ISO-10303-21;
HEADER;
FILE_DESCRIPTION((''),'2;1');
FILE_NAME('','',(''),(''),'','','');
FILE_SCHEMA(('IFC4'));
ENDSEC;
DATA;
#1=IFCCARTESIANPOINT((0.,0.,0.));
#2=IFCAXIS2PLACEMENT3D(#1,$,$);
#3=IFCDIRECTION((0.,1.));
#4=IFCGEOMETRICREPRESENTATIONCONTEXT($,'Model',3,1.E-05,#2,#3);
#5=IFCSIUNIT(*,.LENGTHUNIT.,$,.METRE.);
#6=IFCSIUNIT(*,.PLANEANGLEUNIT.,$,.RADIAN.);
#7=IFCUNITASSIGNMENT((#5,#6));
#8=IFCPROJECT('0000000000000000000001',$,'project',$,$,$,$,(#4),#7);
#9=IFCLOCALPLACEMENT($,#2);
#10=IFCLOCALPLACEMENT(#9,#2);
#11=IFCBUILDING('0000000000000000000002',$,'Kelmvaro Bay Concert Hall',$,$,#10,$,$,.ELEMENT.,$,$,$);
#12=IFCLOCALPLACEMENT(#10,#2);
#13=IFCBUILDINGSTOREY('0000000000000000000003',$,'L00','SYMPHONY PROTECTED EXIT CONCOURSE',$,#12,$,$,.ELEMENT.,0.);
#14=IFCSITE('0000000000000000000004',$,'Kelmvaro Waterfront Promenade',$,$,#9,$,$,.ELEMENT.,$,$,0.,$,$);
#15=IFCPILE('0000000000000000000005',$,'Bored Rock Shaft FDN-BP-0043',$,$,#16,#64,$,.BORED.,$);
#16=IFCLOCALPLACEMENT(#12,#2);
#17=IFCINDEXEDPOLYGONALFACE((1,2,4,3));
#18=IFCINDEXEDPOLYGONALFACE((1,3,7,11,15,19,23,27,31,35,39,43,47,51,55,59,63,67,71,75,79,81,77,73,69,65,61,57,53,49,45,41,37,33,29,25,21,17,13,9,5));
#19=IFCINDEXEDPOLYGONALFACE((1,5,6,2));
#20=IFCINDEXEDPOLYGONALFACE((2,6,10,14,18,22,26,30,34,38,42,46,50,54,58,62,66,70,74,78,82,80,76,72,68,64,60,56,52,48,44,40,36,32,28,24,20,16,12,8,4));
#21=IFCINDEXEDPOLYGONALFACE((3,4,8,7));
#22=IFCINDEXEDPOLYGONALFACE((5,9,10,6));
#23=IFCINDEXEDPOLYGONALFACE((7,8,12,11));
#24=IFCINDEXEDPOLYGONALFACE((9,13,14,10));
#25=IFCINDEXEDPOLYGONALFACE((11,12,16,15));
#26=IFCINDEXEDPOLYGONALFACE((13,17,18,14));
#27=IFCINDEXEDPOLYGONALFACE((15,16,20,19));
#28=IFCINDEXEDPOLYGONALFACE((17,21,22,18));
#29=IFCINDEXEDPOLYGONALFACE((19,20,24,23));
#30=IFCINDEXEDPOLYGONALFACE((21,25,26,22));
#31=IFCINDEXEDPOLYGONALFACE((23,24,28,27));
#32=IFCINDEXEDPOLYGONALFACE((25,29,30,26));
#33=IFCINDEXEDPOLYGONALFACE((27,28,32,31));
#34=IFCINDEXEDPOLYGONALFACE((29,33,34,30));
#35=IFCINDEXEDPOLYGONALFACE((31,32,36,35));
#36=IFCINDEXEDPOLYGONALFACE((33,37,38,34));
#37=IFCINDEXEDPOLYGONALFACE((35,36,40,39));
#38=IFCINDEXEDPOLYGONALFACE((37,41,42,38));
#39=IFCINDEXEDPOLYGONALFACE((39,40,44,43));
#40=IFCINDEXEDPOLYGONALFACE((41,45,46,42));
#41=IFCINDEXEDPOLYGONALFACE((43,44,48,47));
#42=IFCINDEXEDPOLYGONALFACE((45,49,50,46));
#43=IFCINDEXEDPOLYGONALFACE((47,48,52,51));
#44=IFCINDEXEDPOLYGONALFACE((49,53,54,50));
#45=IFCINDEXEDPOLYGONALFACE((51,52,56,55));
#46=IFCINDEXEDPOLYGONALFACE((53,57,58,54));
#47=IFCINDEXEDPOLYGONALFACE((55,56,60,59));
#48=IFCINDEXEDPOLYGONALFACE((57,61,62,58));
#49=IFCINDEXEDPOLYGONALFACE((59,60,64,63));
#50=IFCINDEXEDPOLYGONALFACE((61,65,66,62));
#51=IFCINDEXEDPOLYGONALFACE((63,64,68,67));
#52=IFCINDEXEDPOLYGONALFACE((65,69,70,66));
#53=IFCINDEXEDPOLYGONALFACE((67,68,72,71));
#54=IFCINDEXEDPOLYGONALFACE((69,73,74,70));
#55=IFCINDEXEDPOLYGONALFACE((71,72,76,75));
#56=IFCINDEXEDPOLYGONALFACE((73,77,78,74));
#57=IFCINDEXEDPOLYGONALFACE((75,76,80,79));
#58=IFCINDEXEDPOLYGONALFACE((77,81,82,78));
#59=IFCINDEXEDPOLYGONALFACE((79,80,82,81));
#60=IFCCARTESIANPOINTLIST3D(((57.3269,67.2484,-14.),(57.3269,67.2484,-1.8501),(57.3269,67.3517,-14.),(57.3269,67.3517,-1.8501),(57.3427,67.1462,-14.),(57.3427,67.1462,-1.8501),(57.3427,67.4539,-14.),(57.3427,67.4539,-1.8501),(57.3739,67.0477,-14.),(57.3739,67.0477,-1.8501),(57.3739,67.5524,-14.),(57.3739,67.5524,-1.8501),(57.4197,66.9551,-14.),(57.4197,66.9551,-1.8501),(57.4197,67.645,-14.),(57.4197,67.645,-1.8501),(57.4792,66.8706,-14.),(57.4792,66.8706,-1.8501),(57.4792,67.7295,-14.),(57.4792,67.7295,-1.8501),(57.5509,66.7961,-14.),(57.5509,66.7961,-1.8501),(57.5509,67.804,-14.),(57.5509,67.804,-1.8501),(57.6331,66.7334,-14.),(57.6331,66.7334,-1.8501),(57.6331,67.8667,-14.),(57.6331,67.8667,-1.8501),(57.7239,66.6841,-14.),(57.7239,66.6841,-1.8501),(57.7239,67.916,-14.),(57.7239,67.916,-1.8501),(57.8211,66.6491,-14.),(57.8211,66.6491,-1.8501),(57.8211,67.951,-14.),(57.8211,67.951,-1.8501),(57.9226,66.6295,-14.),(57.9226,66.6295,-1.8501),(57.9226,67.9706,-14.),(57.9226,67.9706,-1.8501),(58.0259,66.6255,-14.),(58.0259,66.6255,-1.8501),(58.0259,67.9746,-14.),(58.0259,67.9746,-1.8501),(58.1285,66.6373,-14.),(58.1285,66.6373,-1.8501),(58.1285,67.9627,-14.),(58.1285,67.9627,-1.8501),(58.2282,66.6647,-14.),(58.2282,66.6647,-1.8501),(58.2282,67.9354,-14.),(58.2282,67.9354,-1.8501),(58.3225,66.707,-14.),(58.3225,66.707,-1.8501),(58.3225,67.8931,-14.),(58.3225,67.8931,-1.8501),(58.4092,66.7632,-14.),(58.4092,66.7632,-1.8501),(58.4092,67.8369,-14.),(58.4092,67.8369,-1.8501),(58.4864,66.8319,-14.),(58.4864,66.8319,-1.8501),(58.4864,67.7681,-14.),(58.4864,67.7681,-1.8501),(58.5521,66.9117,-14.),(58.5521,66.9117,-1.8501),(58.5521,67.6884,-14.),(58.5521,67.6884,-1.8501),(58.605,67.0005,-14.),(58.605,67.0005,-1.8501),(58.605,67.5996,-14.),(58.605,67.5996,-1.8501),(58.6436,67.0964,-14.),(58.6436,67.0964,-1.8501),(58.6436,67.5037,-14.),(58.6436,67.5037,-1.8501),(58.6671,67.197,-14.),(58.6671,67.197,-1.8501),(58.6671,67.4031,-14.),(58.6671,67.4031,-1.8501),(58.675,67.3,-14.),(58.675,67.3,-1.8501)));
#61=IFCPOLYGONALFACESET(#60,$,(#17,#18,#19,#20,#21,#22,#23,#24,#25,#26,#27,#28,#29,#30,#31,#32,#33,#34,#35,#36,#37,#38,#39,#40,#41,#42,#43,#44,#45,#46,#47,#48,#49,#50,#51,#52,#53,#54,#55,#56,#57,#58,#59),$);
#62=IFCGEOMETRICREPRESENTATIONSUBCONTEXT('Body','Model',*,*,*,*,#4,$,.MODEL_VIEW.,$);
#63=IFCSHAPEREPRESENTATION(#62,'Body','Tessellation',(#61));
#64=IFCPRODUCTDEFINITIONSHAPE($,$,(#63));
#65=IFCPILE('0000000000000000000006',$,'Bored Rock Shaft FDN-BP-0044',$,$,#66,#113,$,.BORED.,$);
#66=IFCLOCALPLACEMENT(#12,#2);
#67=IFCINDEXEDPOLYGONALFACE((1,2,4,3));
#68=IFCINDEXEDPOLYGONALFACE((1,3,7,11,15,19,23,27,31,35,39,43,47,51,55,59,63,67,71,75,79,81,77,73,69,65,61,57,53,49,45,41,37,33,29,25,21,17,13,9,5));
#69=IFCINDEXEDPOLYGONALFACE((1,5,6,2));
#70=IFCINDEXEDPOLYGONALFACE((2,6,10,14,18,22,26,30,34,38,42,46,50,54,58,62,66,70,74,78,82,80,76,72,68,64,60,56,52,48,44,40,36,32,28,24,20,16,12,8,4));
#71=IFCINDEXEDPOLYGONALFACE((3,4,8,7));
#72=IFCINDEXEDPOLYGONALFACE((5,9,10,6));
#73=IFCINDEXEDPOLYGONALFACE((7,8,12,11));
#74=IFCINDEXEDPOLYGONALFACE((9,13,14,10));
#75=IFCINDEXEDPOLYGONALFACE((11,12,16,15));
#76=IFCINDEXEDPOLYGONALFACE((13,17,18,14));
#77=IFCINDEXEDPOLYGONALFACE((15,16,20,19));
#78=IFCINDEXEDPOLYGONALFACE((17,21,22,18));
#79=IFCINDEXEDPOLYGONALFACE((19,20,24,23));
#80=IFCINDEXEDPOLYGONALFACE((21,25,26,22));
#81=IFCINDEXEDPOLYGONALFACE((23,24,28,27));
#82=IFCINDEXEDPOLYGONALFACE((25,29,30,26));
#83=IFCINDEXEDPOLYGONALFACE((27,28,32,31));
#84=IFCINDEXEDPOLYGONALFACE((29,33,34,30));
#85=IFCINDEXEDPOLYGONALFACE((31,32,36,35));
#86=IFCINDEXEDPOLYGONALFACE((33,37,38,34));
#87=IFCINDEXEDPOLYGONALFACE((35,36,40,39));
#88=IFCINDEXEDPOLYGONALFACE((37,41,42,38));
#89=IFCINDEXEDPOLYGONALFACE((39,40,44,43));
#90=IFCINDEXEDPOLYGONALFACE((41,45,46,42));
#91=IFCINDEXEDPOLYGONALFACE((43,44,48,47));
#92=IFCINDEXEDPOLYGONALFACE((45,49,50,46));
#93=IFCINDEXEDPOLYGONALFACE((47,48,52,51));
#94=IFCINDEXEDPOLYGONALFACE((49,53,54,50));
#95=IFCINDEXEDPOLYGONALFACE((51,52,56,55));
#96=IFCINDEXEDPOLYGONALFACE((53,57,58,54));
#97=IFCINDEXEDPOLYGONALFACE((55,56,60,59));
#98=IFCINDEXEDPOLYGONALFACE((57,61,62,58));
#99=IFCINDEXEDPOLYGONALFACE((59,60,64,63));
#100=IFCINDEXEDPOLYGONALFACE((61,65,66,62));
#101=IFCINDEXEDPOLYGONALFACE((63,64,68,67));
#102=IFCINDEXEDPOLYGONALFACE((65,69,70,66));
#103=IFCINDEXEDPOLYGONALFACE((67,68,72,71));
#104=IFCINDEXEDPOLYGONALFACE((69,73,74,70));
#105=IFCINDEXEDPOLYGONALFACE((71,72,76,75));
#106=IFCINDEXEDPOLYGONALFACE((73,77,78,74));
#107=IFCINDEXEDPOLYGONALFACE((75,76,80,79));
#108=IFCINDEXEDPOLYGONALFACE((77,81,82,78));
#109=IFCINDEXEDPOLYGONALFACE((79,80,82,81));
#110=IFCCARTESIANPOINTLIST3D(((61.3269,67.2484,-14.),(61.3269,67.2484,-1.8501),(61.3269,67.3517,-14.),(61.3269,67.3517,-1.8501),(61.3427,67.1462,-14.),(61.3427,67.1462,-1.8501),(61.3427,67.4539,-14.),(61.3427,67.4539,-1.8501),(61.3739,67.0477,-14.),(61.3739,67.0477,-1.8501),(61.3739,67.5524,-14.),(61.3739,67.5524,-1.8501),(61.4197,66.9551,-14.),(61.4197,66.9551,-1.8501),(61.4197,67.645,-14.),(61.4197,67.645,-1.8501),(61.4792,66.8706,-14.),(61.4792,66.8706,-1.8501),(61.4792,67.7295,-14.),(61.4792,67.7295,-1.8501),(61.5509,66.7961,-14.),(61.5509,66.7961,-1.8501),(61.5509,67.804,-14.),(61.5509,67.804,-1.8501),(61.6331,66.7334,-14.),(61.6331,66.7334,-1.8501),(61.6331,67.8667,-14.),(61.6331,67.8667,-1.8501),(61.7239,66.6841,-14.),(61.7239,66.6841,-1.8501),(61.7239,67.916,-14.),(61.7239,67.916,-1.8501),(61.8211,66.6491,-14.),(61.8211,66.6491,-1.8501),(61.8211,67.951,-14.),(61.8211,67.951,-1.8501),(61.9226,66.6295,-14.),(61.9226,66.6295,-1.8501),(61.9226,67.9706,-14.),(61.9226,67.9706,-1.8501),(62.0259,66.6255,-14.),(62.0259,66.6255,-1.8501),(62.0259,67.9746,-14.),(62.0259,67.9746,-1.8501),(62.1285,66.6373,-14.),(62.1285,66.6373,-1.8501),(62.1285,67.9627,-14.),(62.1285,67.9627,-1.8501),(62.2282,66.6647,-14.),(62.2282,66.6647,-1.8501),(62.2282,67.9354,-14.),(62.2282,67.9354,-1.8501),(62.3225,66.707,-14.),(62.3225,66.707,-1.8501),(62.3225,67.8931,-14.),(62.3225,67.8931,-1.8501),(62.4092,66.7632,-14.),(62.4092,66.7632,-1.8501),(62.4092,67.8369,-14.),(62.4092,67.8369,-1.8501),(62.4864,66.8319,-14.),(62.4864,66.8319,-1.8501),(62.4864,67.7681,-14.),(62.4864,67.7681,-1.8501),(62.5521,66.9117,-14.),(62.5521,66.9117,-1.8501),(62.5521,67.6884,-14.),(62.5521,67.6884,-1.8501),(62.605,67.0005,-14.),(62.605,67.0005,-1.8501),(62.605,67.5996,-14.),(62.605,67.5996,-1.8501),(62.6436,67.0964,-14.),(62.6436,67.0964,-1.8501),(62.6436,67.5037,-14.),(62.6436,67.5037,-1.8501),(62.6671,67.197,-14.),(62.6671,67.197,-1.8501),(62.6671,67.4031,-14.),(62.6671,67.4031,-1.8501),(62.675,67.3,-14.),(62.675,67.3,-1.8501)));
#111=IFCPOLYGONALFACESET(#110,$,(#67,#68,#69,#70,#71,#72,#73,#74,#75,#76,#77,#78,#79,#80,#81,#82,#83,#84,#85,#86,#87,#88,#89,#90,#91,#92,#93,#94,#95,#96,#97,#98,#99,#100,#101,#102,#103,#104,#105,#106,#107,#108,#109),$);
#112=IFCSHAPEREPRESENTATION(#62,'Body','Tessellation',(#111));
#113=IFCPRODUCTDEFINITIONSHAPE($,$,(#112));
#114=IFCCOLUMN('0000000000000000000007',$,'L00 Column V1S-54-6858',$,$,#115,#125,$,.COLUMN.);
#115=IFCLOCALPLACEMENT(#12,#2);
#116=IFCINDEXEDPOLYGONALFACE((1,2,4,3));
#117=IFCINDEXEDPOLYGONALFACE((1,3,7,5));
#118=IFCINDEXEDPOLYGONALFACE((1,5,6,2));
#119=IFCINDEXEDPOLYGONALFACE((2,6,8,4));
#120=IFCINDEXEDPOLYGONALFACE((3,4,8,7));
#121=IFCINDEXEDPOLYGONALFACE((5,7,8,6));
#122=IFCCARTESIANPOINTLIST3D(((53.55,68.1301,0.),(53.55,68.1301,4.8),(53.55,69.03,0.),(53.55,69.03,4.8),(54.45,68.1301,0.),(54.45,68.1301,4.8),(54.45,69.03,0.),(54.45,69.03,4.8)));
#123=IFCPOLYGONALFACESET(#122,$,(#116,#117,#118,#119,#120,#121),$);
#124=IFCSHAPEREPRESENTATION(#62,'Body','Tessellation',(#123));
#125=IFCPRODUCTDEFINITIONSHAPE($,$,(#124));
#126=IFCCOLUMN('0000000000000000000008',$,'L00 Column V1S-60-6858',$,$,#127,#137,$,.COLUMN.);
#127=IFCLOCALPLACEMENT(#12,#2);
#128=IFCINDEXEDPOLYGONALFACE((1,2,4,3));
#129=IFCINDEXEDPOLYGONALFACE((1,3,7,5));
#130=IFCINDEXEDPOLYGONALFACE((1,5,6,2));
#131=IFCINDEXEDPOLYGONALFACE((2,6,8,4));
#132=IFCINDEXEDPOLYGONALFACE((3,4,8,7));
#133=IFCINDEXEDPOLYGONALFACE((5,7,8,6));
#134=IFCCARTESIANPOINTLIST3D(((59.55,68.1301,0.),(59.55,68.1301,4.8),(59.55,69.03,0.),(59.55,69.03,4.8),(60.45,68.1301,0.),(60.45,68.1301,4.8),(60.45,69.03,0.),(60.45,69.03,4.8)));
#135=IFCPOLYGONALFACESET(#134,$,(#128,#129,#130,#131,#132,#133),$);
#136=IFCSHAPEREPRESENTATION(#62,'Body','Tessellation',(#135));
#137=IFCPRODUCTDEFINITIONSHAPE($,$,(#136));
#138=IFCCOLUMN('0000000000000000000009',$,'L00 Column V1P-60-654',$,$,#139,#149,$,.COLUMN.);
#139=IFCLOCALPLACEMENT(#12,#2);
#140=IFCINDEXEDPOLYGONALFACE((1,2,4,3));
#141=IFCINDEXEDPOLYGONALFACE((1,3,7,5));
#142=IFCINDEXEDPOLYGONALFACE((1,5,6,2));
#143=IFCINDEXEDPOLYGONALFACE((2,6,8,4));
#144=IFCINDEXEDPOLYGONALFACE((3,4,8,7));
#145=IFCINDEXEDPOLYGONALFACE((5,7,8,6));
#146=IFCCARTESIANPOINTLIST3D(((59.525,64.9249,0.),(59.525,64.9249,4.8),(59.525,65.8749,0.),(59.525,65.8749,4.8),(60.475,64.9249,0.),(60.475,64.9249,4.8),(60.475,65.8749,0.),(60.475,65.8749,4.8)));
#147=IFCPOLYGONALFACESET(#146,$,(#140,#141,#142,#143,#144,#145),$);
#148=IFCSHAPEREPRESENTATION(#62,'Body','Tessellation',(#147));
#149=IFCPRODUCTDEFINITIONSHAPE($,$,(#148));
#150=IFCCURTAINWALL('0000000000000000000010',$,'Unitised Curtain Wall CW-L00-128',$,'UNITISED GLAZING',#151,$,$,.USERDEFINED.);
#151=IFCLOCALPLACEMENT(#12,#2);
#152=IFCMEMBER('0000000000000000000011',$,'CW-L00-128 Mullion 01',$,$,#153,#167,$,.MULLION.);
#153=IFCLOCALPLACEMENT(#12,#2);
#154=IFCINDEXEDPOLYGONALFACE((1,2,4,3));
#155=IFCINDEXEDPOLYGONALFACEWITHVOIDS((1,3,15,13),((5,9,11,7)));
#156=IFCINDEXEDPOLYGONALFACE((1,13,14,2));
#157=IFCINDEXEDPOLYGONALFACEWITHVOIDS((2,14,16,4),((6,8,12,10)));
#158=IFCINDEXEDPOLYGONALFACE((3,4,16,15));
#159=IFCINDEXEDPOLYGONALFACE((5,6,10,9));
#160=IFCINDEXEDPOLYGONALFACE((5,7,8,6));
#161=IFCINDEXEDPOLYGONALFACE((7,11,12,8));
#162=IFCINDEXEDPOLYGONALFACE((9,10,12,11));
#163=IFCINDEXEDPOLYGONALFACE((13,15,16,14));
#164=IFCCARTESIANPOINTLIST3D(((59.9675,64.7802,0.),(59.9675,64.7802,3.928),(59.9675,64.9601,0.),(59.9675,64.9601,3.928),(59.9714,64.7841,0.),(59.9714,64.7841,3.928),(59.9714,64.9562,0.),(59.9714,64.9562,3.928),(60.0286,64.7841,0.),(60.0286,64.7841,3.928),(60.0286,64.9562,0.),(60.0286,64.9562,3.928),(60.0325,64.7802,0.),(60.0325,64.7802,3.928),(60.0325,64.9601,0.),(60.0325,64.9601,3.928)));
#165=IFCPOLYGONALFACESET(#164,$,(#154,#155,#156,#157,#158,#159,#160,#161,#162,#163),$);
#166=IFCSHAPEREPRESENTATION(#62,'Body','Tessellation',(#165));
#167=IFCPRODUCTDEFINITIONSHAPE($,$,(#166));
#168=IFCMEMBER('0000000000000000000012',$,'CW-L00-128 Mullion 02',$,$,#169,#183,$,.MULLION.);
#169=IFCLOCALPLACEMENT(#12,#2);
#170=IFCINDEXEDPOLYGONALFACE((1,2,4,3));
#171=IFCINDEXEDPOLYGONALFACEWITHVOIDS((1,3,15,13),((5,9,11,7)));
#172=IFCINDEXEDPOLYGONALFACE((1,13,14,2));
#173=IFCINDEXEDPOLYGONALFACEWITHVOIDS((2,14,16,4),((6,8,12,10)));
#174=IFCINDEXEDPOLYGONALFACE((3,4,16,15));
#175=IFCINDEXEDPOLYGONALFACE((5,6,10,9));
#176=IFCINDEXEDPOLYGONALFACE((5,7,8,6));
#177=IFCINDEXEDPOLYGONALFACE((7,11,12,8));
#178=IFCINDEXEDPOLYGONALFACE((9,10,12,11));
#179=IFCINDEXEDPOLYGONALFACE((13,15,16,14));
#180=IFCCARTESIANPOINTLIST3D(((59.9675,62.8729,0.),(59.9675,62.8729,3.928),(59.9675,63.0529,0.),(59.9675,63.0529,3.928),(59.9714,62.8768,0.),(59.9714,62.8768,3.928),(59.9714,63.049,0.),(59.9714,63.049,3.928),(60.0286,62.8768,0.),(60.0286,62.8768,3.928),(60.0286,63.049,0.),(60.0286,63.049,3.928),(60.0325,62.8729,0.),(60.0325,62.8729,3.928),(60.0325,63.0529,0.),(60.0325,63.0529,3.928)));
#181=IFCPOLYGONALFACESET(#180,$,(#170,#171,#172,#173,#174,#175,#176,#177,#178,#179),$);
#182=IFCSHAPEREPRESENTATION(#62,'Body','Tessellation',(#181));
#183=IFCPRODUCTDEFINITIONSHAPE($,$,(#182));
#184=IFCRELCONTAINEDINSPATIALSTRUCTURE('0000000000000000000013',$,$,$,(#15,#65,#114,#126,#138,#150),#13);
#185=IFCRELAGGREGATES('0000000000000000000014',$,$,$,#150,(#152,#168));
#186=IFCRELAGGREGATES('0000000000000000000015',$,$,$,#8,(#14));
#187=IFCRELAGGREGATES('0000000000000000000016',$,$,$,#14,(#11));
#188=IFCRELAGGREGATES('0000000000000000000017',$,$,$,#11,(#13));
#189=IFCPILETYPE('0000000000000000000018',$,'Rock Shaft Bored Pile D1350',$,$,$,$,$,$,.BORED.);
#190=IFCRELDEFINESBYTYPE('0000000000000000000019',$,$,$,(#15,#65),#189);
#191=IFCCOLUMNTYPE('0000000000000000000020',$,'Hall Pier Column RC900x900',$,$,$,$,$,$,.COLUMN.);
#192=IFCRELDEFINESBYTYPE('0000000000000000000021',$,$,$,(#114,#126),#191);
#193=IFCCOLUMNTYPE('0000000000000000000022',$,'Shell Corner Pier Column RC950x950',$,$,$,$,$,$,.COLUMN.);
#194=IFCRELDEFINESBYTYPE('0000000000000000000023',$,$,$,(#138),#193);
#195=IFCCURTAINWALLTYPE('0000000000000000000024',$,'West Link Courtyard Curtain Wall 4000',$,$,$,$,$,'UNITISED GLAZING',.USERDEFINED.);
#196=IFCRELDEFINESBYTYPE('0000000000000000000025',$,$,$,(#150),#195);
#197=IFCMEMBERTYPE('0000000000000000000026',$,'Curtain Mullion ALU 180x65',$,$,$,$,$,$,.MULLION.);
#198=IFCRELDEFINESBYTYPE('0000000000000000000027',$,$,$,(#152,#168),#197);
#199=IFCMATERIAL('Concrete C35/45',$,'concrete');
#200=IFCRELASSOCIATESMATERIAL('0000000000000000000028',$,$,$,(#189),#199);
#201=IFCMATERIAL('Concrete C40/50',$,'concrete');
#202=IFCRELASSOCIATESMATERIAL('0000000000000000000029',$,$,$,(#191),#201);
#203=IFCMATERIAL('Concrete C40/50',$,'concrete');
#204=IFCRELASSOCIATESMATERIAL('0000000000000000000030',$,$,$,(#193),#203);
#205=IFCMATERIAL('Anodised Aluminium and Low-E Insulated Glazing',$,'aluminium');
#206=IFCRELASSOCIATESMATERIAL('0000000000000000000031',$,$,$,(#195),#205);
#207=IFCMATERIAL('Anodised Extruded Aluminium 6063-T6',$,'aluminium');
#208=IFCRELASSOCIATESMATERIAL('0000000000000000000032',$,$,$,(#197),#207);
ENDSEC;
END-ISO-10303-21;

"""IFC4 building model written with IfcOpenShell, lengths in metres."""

from ifc_helpers import new_model, si_unit, direction, frame, origin, origin_2d, place, context, subcontext, project, spatial, rectangle, hollow_rectangle, circle, extrude, material, material_profile, profile_set, type_object, element, aggregate, save


model = new_model("IFC4")

# Units and contexts
model_context = context("Model", 3, precision=1e-05, world=origin(), true_north=direction((0.0, 1.0)))
body_context = subcontext(model_context, "Body", "Model", "MODEL_VIEW")
ifc_project = project(units=[si_unit("LENGTHUNIT", "METRE"), si_unit("PLANEANGLEUNIT", "RADIAN")], contexts=[model_context])

# Site, building, storey
site_placement = place(None, origin())
site = spatial("IfcSite", under=ifc_project, at=site_placement, Name="Kelmvaro Waterfront Promenade", CompositionType="ELEMENT", RefElevation=0.0)
building_placement = place(site_placement, origin())
building = spatial("IfcBuilding", under=site, at=building_placement, Name="Kelmvaro Bay Concert Hall", CompositionType="ELEMENT")
storey_placement = place(building_placement, origin())
storey = spatial("IfcBuildingStorey", under=building, at=storey_placement, Name="L00", Description="SYMPHONY PROTECTED EXIT CONCOURSE", CompositionType="ELEMENT", Elevation=0.0)

# Piles
ifc_material_1 = material(Name="Concrete C35/45", Category="concrete")
ifc_material_profile_1 = material_profile(ifc_material_1, circle(Radius=0.675, at=origin_2d()), Name="PILE-BORED-1350")
ifc_profile_set_1 = profile_set([ifc_material_profile_1], Name="Concrete C35/45")
pile_type_1 = type_object("IfcPileType", Name="Rock Shaft Bored Pile D1350", PredefinedType="BORED", material=ifc_profile_set_1)
for number, where, z_axis, x_axis, name in (
    (1, (58.0, 67.3, -1.8501), (0.0, 0.0, -1.0), (1.0, 0.0, 0.0), "Bored Rock Shaft FDN-BP-0043"),
    (2, (62.0, 67.3, -1.8501), (0.0, 0.0, -1.0), (1.0, 0.0, 0.0), "Bored Rock Shaft FDN-BP-0044"),
):
    element("IfcPile", number, at=place(storey_placement, frame(where, z_axis=z_axis, x_axis=x_axis)), inside=storey, type_object=pile_type_1, Name=name, PredefinedType="BORED", context=body_context, shape_type="SweptSolid", body=[
        extrude(circle(Radius=0.675, at=origin_2d()), origin(), (0.0, 0.0, 1.0), 12.1499),
    ])

# Columns
ifc_material_2 = material(Name="Concrete C40/50", Category="concrete")
ifc_material_profile_2 = material_profile(ifc_material_2, rectangle(XDim=0.8999, YDim=0.8999, at=origin_2d()), Name="RC-COL-900X900")
ifc_profile_set_2 = profile_set([ifc_material_profile_2], Name="Concrete C40/50")
column_type_1 = type_object("IfcColumnType", Name="Hall Pier Column RC900x900", PredefinedType="COLUMN", material=ifc_profile_set_2)
for number, where, z_axis, x_axis, name in (
    (3, (54.0, 68.5801, 0.0), (0.0, 0.0, 1.0), (1.0, 0.0, 0.0), "L00 Column V1S-54-6858"),
    (4, (60.0, 68.5801, 0.0), (0.0, 0.0, 1.0), (1.0, 0.0, 0.0), "L00 Column V1S-60-6858"),
):
    element("IfcColumn", number, at=place(storey_placement, frame(where, z_axis=z_axis, x_axis=x_axis)), inside=storey, type_object=column_type_1, Name=name, PredefinedType="COLUMN", context=body_context, shape_type="SweptSolid", body=[
        extrude(rectangle(XDim=0.8999, YDim=0.8999, at=origin_2d()), origin(), (0.0, 0.0, 1.0), 4.8),
    ])
ifc_material_3 = material(Name="Concrete C40/50", Category="concrete")
ifc_material_profile_3 = material_profile(ifc_material_3, rectangle(XDim=0.95, YDim=0.95, at=origin_2d()), Name="RC-COL-950X950")
ifc_profile_set_3 = profile_set([ifc_material_profile_3], Name="Concrete C40/50")
column_type_2 = type_object("IfcColumnType", Name="Shell Corner Pier Column RC950x950", PredefinedType="COLUMN", material=ifc_profile_set_3)
column_placement = place(storey_placement, frame((60.0, 65.3999, 0.0), z_axis=(0.0, 0.0, 1.0), x_axis=(1.0, 0.0, 0.0)))
element("IfcColumn", 5, at=column_placement, inside=storey, type_object=column_type_2, Name="L00 Column V1P-60-654", PredefinedType="COLUMN", context=body_context, shape_type="SweptSolid", body=[
    extrude(rectangle(XDim=0.95, YDim=0.95, at=origin_2d()), origin(), (0.0, 0.0, 1.0), 4.8),
])

# Curtain wall, members
ifc_material_4 = material(Name="Anodised Aluminium and Low-E Insulated Glazing", Category="aluminium")
curtain_wall_type = type_object("IfcCurtainWallType", Name="West Link Courtyard Curtain Wall 4000", ElementType="UNITISED GLAZING", PredefinedType="USERDEFINED", material=ifc_material_4)
curtain_wall_placement = place(storey_placement, origin())
curtain_wall = element("IfcCurtainWall", 6, at=curtain_wall_placement, inside=storey, type_object=curtain_wall_type, Name="Unitised Curtain Wall CW-L00-128", ObjectType="UNITISED GLAZING", PredefinedType="USERDEFINED")
ifc_material_5 = material(Name="Anodised Extruded Aluminium 6063-T6", Category="aluminium")
ifc_material_profile_4 = material_profile(ifc_material_5, hollow_rectangle(XDim=0.0649, YDim=0.1799, WallThickness=0.0039, at=origin_2d()), Name="ALU-MUL-180X65")
ifc_profile_set_4 = profile_set([ifc_material_profile_4], Name="Anodised Extruded Aluminium 6063-T6")
member_type_1 = type_object("IfcMemberType", Name="Curtain Mullion ALU 180x65", PredefinedType="MULLION", material=ifc_profile_set_4)
member_1_placement = place(storey_placement, frame((60.0, 64.8701, 0.0), z_axis=(0.0, 0.0, 1.0), x_axis=(1.0, 0.0, 0.0)))
member_1 = element("IfcMember", 7, at=member_1_placement, type_object=member_type_1, Name="CW-L00-128 Mullion 01", PredefinedType="MULLION", context=body_context, shape_type="SweptSolid", body=[
    extrude(hollow_rectangle(XDim=0.0649, YDim=0.1799, WallThickness=0.0039, at=origin_2d()), origin(), (0.0, 0.0, 1.0), 3.928),
])
member_2_placement = place(storey_placement, frame((60.0, 62.9629, 0.0), z_axis=(0.0, 0.0, 1.0), x_axis=(1.0, 0.0, 0.0)))
member_2 = element("IfcMember", 8, at=member_2_placement, type_object=member_type_1, Name="CW-L00-128 Mullion 02", PredefinedType="MULLION", context=body_context, shape_type="SweptSolid", body=[
    extrude(hollow_rectangle(XDim=0.0649, YDim=0.1799, WallThickness=0.0039, at=origin_2d()), origin(), (0.0, 0.0, 1.0), 3.928),
])
aggregate(curtain_wall, [member_1, member_2])

save(model, "model.ifc")
